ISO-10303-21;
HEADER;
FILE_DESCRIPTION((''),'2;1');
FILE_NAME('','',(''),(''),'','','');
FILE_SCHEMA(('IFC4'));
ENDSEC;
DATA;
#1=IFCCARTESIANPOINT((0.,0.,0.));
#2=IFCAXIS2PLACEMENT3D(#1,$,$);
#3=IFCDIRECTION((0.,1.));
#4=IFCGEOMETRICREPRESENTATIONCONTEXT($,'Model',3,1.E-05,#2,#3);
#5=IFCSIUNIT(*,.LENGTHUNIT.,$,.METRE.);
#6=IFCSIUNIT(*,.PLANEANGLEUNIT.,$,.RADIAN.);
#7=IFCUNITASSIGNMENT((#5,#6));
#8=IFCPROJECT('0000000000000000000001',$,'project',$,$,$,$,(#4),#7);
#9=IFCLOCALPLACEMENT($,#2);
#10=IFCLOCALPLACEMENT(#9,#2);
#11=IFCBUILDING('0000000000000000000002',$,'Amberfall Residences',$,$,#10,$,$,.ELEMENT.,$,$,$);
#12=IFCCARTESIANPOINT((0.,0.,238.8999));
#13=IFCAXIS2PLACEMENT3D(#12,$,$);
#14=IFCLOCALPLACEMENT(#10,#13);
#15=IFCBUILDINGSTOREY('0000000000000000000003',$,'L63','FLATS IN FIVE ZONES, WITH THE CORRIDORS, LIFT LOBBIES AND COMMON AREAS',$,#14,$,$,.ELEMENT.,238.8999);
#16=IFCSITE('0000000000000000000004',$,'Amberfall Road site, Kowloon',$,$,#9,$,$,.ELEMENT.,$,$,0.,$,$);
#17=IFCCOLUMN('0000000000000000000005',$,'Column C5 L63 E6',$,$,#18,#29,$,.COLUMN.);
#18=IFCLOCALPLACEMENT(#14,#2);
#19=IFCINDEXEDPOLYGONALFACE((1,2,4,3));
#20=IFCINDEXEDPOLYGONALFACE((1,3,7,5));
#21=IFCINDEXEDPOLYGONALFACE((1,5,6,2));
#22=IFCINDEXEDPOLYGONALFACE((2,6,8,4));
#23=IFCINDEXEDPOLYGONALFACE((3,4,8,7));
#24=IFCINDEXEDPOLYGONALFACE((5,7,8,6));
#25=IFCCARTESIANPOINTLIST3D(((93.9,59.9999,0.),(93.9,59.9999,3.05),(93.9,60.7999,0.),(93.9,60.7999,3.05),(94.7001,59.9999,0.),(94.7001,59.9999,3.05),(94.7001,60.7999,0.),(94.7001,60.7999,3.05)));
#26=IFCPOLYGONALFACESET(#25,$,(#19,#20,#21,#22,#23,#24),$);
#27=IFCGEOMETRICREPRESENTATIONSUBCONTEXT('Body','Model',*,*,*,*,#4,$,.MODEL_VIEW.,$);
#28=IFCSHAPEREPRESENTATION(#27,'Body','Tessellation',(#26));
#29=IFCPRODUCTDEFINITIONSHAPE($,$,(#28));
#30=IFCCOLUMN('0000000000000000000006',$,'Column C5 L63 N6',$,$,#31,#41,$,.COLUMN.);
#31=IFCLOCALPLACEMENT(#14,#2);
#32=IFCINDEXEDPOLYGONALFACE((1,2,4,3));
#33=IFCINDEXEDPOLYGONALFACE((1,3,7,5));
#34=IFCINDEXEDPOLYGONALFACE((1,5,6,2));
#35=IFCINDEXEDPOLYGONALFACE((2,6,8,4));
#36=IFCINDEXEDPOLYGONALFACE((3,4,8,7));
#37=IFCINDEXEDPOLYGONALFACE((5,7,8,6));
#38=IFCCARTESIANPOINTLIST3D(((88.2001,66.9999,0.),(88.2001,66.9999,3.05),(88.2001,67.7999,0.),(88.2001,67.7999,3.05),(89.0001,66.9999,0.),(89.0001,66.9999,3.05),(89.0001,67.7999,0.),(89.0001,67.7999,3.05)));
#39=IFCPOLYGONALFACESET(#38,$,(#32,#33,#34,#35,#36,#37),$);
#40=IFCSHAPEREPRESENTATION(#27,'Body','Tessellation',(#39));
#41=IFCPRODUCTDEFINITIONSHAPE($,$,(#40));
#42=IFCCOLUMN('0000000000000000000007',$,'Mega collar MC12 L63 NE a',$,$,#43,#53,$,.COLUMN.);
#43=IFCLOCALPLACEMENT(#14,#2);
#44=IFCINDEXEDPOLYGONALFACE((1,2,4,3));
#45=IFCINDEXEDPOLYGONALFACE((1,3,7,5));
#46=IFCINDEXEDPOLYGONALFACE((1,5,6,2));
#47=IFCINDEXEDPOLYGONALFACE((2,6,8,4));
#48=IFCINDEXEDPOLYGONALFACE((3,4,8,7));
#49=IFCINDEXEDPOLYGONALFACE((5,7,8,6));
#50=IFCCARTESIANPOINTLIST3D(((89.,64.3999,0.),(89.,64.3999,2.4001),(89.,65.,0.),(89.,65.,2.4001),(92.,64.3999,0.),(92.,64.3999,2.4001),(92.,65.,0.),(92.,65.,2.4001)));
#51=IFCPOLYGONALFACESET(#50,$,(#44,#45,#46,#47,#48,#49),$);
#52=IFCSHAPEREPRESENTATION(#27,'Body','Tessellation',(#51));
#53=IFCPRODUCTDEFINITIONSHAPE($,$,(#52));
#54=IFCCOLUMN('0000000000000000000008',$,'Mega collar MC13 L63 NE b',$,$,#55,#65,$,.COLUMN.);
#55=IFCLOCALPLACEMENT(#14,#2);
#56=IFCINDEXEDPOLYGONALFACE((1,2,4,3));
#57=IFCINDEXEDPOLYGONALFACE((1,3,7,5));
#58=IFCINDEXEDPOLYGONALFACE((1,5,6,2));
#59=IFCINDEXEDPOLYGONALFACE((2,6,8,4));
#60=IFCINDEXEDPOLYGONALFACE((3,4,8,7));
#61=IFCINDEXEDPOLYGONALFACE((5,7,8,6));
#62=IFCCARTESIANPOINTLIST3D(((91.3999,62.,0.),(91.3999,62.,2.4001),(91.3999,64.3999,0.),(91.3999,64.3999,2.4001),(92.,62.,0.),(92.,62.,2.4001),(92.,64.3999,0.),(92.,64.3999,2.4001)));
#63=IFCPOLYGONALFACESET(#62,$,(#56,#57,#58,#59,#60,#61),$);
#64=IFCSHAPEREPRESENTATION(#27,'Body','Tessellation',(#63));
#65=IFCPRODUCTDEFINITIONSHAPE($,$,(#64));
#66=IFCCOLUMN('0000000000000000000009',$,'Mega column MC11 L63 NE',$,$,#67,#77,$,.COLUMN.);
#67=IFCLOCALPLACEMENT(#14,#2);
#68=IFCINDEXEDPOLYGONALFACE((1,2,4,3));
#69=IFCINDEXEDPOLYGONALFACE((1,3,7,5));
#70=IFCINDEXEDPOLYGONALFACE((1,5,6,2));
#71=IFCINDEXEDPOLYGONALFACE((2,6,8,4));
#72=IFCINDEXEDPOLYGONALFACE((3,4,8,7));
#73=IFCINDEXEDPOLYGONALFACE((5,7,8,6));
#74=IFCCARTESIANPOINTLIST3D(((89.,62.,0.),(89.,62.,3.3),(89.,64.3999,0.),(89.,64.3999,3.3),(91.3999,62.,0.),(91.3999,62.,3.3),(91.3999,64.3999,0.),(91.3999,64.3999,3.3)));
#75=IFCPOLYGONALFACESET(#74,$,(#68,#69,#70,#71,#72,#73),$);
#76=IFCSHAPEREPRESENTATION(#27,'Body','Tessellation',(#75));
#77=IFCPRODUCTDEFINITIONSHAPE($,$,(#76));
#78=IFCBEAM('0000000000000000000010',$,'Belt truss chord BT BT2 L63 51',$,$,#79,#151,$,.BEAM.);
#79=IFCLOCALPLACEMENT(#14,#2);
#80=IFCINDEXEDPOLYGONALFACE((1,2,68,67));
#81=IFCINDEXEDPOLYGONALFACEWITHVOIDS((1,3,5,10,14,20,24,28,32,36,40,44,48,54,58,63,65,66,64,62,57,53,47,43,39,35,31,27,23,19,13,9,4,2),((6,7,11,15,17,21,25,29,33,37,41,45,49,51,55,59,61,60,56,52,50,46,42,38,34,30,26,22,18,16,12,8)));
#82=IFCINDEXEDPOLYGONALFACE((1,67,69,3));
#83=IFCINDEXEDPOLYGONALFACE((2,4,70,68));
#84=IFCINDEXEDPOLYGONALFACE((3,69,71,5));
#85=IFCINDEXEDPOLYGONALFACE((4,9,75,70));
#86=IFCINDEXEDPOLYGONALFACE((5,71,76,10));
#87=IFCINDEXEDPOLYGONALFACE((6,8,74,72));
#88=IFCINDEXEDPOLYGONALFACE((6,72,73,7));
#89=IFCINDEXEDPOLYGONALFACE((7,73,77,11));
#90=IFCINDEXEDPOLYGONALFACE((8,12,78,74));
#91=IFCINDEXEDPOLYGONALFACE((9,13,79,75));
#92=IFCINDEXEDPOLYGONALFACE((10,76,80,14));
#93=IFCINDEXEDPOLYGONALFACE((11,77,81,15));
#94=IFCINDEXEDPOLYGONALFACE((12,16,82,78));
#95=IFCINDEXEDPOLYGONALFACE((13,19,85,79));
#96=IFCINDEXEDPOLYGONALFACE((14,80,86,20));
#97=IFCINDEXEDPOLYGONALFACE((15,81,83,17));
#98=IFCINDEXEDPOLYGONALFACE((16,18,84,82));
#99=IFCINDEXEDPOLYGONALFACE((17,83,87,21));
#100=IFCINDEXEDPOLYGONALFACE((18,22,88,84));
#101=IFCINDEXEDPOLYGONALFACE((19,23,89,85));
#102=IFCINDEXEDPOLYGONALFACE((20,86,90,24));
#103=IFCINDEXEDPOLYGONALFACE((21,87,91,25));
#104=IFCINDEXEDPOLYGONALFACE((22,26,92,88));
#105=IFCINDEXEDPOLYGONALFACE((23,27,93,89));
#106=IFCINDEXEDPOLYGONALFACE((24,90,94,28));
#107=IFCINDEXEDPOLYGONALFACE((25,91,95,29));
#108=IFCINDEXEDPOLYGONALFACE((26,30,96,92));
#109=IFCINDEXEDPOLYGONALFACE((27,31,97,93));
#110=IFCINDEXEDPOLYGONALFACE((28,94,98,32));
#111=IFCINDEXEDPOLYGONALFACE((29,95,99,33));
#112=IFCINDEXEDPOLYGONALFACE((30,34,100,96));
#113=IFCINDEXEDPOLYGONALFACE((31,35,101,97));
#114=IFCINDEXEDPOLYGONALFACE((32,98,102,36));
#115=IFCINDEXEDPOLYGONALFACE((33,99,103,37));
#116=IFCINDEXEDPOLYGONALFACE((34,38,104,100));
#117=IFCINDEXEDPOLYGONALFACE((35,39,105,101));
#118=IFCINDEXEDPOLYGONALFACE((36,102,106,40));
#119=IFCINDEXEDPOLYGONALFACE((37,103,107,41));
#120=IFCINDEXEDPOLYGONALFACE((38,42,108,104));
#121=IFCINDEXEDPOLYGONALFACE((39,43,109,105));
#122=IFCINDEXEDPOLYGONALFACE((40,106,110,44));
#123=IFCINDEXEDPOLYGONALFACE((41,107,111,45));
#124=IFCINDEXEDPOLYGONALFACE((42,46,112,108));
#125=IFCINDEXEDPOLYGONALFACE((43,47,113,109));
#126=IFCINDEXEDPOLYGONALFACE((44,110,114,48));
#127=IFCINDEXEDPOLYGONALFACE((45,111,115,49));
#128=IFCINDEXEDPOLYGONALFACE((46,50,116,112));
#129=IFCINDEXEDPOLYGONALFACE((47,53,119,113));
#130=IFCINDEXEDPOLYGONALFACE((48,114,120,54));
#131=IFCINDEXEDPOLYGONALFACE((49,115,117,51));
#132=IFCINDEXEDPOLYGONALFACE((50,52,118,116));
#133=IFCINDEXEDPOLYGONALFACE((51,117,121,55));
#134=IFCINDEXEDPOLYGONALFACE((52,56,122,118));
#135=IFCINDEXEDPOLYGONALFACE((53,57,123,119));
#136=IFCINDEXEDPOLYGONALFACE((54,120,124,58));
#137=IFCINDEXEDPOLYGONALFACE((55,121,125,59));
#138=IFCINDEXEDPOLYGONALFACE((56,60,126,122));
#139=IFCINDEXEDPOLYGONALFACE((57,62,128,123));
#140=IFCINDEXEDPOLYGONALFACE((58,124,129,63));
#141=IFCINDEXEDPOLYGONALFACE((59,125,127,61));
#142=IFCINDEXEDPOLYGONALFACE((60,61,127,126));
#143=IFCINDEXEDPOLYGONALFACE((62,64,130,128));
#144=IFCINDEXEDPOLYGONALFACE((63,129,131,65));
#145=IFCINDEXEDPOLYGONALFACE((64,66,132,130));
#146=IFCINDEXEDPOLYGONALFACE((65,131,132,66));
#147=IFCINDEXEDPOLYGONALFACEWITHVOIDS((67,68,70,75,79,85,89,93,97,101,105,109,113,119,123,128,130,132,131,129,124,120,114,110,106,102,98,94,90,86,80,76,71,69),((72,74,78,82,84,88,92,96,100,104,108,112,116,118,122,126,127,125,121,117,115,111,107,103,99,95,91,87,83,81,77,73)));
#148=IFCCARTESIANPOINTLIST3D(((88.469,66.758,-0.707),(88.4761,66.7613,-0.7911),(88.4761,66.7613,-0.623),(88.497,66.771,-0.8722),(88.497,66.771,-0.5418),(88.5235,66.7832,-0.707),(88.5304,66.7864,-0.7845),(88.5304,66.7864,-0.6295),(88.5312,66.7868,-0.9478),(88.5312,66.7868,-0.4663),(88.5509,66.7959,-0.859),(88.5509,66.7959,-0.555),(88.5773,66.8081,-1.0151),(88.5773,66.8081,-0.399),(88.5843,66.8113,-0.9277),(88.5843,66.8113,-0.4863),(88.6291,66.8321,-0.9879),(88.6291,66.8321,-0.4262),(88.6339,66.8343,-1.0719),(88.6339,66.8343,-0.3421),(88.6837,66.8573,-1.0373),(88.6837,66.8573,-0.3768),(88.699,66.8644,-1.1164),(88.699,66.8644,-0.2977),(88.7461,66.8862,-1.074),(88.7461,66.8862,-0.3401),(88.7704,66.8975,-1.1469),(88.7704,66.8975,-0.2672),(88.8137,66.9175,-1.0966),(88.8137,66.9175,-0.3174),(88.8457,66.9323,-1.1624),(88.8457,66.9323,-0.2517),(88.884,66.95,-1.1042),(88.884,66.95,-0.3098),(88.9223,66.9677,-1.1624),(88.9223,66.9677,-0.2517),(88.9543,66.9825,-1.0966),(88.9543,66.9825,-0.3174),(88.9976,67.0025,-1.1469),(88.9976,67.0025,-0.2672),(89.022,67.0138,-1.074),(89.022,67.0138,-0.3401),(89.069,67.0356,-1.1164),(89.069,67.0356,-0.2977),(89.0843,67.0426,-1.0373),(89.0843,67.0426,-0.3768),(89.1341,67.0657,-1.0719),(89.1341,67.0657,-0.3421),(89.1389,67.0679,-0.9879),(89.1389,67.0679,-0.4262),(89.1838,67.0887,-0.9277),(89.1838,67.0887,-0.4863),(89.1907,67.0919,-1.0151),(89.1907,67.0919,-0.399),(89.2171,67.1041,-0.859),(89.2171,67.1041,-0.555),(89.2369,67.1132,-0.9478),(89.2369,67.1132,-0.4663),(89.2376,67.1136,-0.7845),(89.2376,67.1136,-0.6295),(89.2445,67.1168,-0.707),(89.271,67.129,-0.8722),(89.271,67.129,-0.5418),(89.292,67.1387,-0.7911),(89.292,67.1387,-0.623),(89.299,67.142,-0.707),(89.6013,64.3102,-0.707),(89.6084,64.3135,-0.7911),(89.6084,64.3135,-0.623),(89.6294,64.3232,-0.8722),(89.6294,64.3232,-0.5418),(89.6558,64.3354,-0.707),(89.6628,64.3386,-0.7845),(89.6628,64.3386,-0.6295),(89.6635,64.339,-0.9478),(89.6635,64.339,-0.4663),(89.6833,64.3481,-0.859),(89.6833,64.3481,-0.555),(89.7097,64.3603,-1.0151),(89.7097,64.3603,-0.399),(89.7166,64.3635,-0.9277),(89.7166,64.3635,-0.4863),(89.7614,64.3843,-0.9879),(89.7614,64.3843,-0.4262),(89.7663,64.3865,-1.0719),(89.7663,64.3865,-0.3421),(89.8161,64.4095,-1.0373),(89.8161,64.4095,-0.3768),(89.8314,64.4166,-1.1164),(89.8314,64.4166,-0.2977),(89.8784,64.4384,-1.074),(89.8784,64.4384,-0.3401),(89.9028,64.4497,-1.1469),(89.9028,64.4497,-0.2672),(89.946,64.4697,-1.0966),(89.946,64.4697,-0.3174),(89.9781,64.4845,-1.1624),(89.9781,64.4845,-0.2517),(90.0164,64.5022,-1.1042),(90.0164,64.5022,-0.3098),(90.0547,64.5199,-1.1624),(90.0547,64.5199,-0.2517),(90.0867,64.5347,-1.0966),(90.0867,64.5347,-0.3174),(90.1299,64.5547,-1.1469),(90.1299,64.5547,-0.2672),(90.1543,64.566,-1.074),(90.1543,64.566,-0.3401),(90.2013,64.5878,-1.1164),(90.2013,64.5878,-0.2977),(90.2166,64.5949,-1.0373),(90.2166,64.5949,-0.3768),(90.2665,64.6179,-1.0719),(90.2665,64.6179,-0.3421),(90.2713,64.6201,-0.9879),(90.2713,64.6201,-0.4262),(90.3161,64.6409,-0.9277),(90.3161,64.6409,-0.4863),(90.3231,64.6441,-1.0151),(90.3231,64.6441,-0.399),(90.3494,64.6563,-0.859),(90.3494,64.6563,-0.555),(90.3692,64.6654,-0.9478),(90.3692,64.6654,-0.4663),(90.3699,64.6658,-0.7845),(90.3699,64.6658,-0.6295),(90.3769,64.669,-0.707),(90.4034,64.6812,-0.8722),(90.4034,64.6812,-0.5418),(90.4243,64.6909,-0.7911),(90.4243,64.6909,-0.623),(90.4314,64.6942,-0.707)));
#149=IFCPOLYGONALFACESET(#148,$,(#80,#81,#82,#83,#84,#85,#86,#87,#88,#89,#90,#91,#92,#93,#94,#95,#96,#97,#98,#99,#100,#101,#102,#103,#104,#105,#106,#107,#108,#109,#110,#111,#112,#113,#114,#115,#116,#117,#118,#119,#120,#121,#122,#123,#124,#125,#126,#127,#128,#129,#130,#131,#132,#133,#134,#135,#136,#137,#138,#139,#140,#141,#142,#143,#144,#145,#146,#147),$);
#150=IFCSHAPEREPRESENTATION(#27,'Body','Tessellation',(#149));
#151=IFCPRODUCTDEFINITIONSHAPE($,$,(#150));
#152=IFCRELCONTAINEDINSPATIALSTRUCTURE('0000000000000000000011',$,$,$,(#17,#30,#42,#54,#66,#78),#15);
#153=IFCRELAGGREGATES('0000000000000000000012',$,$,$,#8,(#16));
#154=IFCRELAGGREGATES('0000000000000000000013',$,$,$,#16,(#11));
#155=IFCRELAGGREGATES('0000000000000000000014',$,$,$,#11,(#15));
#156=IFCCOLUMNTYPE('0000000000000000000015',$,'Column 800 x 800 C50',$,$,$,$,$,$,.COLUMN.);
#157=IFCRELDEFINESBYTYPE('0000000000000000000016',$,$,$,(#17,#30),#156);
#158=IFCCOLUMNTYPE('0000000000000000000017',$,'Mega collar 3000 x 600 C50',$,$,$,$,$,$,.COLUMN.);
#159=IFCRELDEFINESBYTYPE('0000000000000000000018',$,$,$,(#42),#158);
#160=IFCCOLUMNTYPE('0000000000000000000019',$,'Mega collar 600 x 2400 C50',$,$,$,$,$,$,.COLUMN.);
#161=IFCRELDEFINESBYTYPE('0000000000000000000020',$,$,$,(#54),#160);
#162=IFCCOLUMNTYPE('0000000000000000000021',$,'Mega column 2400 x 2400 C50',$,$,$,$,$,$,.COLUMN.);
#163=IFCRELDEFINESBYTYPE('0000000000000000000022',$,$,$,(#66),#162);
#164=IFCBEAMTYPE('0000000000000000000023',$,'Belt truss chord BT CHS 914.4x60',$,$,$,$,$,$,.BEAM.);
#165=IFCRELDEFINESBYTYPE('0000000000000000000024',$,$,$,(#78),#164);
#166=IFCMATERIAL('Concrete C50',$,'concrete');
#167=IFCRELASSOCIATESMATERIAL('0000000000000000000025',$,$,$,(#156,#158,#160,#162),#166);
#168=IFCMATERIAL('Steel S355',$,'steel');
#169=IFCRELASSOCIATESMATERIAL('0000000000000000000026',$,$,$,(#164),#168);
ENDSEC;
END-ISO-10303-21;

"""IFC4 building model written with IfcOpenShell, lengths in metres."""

from ifc_helpers import new_model, si_unit, direction, frame, origin, origin_2d, place, context, subcontext, project, spatial, rectangle, hollow_circle, extrude, material, material_profile, profile_set, type_object, element, save


model = new_model("IFC4")

# Units and contexts
model_context = context("Model", 3, precision=1e-05, world=origin(), true_north=direction((0.0, 1.0)))
body_context = subcontext(model_context, "Body", "Model", "MODEL_VIEW")
ifc_project = project(units=[si_unit("LENGTHUNIT", "METRE"), si_unit("PLANEANGLEUNIT", "RADIAN")], contexts=[model_context])

# Site, building, storey
site_placement = place(None, origin())
site = spatial("IfcSite", under=ifc_project, at=site_placement, Name="Amberfall Road site, Kowloon", CompositionType="ELEMENT", RefElevation=0.0)
building_placement = place(site_placement, origin())
building = spatial("IfcBuilding", under=site, at=building_placement, Name="Amberfall Residences", CompositionType="ELEMENT")
storey_placement = place(building_placement, frame((0.0, 0.0, 238.8999)))
storey = spatial("IfcBuildingStorey", under=building, at=storey_placement, Name="L63", Description="FLATS IN FIVE ZONES, WITH THE CORRIDORS, LIFT LOBBIES AND COMMON AREAS", CompositionType="ELEMENT", Elevation=238.8999)

# Columns
ifc_material_1 = material(Name="Concrete C50", Category="concrete")
ifc_material_profile_1 = material_profile(ifc_material_1, rectangle(XDim=0.8, YDim=0.8, at=origin_2d()), Name="Column 800 x 800 C50")
ifc_profile_set_1 = profile_set([ifc_material_profile_1], Name="Concrete C50")
column_type_1 = type_object("IfcColumnType", Name="Column 800 x 800 C50", PredefinedType="COLUMN", material=ifc_profile_set_1)
for number, where, z_axis, x_axis, name in (
    (1, (94.3, 60.3999, 0.0), (0.0, 0.0, 1.0), (1.0, 0.0, 0.0), "Column C5 L63 E6"),
    (2, (88.6001, 67.3999, 0.0), (0.0, 0.0, 1.0), (1.0, 0.0, 0.0), "Column C5 L63 N6"),
):
    element("IfcColumn", number, at=place(storey_placement, frame(where, z_axis=z_axis, x_axis=x_axis)), inside=storey, type_object=column_type_1, Name=name, PredefinedType="COLUMN", context=body_context, shape_type="SweptSolid", body=[
        extrude(rectangle(XDim=0.8, YDim=0.8, at=origin_2d()), origin(), (0.0, 0.0, 1.0), 3.05),
    ])
ifc_material_profile_2 = material_profile(ifc_material_1, rectangle(XDim=3.0, YDim=0.6001, at=origin_2d()), Name="Mega collar 3000 x 600 C50")
ifc_profile_set_2 = profile_set([ifc_material_profile_2], Name="Concrete C50")
column_type_2 = type_object("IfcColumnType", Name="Mega collar 3000 x 600 C50", PredefinedType="COLUMN", material=ifc_profile_set_2)
column_1_placement = place(storey_placement, frame((90.5, 64.7, 0.0), z_axis=(0.0, 0.0, 1.0), x_axis=(1.0, 0.0, 0.0)))
element("IfcColumn", 3, at=column_1_placement, inside=storey, type_object=column_type_2, Name="Mega collar MC12 L63 NE a", PredefinedType="COLUMN", context=body_context, shape_type="SweptSolid", body=[
    extrude(rectangle(XDim=3.0, YDim=0.6001, at=origin_2d()), origin(), (0.0, 0.0, 1.0), 2.4001),
])
ifc_material_profile_3 = material_profile(ifc_material_1, rectangle(XDim=0.6001, YDim=2.3999, at=origin_2d()), Name="Mega collar 600 x 2400 C50")
ifc_profile_set_3 = profile_set([ifc_material_profile_3], Name="Concrete C50")
column_type_3 = type_object("IfcColumnType", Name="Mega collar 600 x 2400 C50", PredefinedType="COLUMN", material=ifc_profile_set_3)
column_2_placement = place(storey_placement, frame((91.7, 63.2, 0.0), z_axis=(0.0, 0.0, 1.0), x_axis=(1.0, 0.0, 0.0)))
element("IfcColumn", 4, at=column_2_placement, inside=storey, type_object=column_type_3, Name="Mega collar MC13 L63 NE b", PredefinedType="COLUMN", context=body_context, shape_type="SweptSolid", body=[
    extrude(rectangle(XDim=0.6001, YDim=2.3999, at=origin_2d()), origin(), (0.0, 0.0, 1.0), 2.4001),
])
ifc_material_profile_4 = material_profile(ifc_material_1, rectangle(XDim=2.3999, YDim=2.3999, at=origin_2d()), Name="Mega column 2400 x 2400 C50")
ifc_profile_set_4 = profile_set([ifc_material_profile_4], Name="Concrete C50")
column_type_4 = type_object("IfcColumnType", Name="Mega column 2400 x 2400 C50", PredefinedType="COLUMN", material=ifc_profile_set_4)
column_3_placement = place(storey_placement, frame((90.2, 63.2, 0.0), z_axis=(0.0, 0.0, 1.0), x_axis=(1.0, 0.0, 0.0)))
element("IfcColumn", 5, at=column_3_placement, inside=storey, type_object=column_type_4, Name="Mega column MC11 L63 NE", PredefinedType="COLUMN", context=body_context, shape_type="SweptSolid", body=[
    extrude(rectangle(XDim=2.3999, YDim=2.3999, at=origin_2d()), origin(), (0.0, 0.0, 1.0), 3.3),
])

# Beam
ifc_material_2 = material(Name="Steel S355", Category="steel")
ifc_material_profile_5 = material_profile(ifc_material_2, hollow_circle(Radius=0.4573, WallThickness=0.0601, at=origin_2d()), Name="CHS 914.4x60")
ifc_profile_set_5 = profile_set([ifc_material_profile_5], Name="Steel S355")
beam_type_1 = type_object("IfcBeamType", Name="Belt truss chord BT CHS 914.4x60", PredefinedType="BEAM", material=ifc_profile_set_5)
beam_1_placement = place(storey_placement, frame((90.0164, 64.5022, -0.707), z_axis=(-0.41985, 0.907593, 0.0), x_axis=(-0.907593, -0.41985, 0.0)))
element("IfcBeam", 6, at=beam_1_placement, inside=storey, type_object=beam_type_1, Name="Belt truss chord BT BT2 L63 51", PredefinedType="BEAM", context=body_context, shape_type="SweptSolid", body=[
    extrude(hollow_circle(Radius=0.4573, WallThickness=0.0601, at=origin_2d()), origin(), (0.0, 0.0, 1.0), 2.697),
])

save(model, "model.ifc")
